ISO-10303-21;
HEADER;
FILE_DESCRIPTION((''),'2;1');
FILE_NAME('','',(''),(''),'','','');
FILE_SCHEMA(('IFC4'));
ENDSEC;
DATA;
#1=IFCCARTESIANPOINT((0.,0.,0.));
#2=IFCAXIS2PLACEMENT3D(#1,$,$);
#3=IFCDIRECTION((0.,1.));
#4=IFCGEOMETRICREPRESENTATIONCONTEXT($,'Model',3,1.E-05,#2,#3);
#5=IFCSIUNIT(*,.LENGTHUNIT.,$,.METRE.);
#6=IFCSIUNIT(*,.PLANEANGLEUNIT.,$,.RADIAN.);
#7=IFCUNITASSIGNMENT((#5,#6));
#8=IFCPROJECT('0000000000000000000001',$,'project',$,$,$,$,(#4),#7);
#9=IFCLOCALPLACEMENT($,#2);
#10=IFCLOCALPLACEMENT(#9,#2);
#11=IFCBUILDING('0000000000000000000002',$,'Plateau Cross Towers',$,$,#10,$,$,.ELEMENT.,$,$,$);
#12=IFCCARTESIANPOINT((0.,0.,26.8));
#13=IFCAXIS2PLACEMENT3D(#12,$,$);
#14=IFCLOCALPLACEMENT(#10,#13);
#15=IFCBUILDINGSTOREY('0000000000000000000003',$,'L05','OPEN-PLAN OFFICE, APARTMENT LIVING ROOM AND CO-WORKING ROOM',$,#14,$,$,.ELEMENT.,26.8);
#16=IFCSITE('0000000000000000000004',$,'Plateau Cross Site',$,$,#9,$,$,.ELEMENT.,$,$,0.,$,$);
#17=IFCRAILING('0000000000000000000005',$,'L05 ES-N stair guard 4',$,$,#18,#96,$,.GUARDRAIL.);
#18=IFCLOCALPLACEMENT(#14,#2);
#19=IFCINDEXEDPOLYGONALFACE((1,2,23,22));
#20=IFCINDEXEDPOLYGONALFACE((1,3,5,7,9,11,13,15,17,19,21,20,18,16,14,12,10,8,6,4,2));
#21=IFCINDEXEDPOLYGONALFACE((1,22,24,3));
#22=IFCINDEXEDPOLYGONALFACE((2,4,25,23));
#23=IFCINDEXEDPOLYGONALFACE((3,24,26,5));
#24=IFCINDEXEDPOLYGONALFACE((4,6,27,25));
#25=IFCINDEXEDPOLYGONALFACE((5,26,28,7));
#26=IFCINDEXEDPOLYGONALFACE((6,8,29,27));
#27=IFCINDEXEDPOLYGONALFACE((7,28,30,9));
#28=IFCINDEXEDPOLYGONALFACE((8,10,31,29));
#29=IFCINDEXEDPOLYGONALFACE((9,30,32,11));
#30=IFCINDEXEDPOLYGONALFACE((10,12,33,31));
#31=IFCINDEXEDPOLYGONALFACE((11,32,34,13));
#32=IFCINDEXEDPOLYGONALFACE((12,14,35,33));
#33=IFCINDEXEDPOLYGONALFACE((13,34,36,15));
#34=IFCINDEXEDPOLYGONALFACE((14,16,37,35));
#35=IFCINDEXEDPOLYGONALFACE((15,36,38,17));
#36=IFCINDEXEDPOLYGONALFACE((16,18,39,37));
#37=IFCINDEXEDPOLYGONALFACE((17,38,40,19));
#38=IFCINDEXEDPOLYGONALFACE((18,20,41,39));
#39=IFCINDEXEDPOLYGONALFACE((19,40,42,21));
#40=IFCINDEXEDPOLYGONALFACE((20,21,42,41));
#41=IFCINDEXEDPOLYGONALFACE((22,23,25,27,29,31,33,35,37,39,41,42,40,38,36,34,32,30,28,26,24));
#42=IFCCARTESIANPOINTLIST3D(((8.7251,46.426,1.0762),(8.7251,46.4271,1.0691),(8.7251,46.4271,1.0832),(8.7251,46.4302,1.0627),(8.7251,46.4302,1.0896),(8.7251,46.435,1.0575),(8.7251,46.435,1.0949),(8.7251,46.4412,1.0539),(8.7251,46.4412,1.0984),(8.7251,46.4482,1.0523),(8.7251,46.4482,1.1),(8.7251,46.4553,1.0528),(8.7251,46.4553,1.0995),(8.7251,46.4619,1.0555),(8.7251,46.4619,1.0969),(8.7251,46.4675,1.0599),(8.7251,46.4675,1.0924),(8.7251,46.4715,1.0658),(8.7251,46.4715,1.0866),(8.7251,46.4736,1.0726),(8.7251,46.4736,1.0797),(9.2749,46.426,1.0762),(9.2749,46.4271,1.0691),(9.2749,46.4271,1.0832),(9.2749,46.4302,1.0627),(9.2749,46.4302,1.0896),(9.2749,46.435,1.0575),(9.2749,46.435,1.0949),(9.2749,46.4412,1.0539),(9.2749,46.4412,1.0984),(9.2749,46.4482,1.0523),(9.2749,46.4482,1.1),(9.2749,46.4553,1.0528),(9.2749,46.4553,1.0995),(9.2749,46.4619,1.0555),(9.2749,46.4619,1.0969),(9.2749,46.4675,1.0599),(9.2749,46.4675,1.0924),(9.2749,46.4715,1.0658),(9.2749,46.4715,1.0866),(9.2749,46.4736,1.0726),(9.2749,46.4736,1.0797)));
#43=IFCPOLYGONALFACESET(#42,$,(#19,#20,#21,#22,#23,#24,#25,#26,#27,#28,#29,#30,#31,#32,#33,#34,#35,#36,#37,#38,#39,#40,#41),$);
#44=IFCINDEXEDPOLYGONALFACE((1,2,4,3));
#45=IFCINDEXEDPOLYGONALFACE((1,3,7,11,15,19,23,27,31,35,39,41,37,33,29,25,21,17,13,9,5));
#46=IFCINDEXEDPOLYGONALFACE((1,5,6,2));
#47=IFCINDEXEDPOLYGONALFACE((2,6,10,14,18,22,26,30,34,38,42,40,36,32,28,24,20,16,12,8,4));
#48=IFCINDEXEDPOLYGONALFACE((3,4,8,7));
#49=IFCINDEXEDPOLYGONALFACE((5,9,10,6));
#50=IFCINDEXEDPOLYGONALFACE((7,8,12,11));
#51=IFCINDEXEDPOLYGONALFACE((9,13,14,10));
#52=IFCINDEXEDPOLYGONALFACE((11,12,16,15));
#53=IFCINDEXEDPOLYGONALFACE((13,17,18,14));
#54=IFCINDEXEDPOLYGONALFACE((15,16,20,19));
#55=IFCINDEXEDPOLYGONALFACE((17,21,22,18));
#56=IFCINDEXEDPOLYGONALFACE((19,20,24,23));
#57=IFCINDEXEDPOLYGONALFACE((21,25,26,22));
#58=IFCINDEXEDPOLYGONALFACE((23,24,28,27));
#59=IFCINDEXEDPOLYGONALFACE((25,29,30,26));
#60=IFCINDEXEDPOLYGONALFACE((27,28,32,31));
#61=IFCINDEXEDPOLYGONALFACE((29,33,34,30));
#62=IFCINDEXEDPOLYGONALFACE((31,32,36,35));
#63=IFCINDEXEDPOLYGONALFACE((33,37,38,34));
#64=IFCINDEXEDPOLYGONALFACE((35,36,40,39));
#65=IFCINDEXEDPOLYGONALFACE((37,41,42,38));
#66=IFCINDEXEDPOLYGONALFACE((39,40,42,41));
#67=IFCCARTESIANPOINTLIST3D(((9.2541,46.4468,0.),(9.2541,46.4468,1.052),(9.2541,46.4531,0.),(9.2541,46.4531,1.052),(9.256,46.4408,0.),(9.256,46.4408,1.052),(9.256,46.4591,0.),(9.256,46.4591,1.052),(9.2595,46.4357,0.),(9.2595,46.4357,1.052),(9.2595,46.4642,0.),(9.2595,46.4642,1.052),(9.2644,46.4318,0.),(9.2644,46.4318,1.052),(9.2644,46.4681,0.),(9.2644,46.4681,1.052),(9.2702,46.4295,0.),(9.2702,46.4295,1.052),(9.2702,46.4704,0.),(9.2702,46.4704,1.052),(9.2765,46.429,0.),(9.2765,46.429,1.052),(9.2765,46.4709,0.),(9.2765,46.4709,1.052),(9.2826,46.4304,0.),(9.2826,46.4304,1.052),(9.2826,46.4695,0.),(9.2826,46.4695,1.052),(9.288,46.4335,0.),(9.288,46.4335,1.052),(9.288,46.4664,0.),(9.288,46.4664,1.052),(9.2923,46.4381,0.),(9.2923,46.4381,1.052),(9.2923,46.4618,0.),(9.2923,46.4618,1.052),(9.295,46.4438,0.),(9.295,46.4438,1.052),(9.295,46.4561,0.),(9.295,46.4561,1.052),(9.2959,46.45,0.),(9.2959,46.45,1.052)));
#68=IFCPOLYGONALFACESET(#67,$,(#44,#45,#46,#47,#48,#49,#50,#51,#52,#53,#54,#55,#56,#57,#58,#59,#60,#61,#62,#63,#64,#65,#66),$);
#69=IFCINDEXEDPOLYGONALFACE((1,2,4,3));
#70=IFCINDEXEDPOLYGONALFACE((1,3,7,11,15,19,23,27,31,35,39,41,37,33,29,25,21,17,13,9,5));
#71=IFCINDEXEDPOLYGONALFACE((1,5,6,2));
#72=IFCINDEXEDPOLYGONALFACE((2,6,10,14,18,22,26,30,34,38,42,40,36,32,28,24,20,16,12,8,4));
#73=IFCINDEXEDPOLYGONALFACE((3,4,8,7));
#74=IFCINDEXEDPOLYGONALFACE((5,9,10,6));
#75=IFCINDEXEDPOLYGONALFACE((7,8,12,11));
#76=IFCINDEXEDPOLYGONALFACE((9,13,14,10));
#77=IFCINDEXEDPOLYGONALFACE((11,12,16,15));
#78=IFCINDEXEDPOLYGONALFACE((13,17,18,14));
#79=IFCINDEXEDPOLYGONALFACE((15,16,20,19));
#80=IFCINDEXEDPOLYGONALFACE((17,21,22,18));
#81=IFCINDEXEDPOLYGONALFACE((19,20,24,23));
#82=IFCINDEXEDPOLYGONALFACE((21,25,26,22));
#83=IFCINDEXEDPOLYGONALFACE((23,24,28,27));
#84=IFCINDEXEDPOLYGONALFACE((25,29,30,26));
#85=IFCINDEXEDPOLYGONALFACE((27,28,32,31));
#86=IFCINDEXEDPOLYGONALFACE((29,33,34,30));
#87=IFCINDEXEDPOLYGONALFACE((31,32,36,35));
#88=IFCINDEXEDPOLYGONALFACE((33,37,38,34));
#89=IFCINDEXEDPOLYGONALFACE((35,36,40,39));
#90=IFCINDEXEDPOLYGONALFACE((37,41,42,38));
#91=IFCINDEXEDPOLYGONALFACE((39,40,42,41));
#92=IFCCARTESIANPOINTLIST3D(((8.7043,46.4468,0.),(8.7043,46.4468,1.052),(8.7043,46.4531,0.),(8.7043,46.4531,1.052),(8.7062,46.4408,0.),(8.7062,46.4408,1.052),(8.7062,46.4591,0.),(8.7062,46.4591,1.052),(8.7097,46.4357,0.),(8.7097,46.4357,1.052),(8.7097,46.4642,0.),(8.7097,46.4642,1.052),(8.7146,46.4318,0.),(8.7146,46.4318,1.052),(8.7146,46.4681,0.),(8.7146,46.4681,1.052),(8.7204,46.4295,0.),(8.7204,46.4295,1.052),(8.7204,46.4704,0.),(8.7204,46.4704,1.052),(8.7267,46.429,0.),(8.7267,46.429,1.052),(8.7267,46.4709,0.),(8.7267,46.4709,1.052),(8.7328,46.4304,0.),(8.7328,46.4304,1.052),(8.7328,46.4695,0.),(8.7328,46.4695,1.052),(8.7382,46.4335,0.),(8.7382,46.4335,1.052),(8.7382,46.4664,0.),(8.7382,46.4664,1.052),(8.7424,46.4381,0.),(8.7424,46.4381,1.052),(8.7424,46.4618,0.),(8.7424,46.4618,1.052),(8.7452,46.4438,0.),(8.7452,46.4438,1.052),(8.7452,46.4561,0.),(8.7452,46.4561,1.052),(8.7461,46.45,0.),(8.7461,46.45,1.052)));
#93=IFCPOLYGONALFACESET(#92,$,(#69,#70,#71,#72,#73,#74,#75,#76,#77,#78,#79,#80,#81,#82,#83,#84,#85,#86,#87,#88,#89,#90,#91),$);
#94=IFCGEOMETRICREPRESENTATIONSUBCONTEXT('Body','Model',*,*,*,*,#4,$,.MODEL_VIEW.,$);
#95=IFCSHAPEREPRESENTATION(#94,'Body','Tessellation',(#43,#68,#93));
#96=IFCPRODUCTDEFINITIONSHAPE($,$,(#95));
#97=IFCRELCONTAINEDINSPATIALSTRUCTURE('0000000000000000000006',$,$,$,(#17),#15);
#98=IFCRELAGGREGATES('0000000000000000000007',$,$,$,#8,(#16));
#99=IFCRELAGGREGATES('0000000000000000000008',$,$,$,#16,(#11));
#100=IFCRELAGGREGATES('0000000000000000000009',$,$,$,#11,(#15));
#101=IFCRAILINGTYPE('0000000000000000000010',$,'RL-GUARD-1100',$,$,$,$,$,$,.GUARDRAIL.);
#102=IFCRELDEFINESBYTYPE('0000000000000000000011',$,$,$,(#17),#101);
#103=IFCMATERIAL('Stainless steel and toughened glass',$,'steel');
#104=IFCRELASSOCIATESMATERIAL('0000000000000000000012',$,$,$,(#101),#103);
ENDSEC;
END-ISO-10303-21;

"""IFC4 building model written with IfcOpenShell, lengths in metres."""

from ifc_helpers import new_model, si_unit, direction, frame, origin, origin_2d, place, context, subcontext, project, spatial, circle, extrude, material, type_object, element, save


model = new_model("IFC4")

# Units and contexts
model_context = context("Model", 3, precision=1e-05, world=origin(), true_north=direction((0.0, 1.0)))
body_context = subcontext(model_context, "Body", "Model", "MODEL_VIEW")
ifc_project = project(units=[si_unit("LENGTHUNIT", "METRE"), si_unit("PLANEANGLEUNIT", "RADIAN")], contexts=[model_context])

# Site, building, storey
site_placement = place(None, origin())
site = spatial("IfcSite", under=ifc_project, at=site_placement, Name="Plateau Cross Site", CompositionType="ELEMENT", RefElevation=0.0)
building_placement = place(site_placement, origin())
building = spatial("IfcBuilding", under=site, at=building_placement, Name="Plateau Cross Towers", CompositionType="ELEMENT")
storey_placement = place(building_placement, frame((0.0, 0.0, 26.8)))
storey = spatial("IfcBuildingStorey", under=building, at=storey_placement, Name="L05", Description="OPEN-PLAN OFFICE, APARTMENT LIVING ROOM AND CO-WORKING ROOM", CompositionType="ELEMENT", Elevation=26.8)

# Railing
ifc_material_1 = material(Name="Stainless steel and toughened glass", Category="steel")
railing_type_1 = type_object("IfcRailingType", Name="RL-GUARD-1100", PredefinedType="GUARDRAIL", material=ifc_material_1)
railing_1_placement = place(storey_placement, frame((9.2749, 46.45, 0.0)))
element("IfcRailing", 1, at=railing_1_placement, inside=storey, type_object=railing_type_1, Name="L05 ES-N stair guard 4", PredefinedType="GUARDRAIL", context=body_context, shape_type="SweptSolid", body=[
    extrude(circle(Radius=0.0239, at=origin_2d()), frame((0.0, 0.0, 1.0762), z_axis=(-1.0, 0.0, 0.0), x_axis=(0.0, -1.0, 0.0)), (0.0, 0.0, 1.0), 0.5498),
    extrude(circle(Radius=0.021, at=origin_2d()), origin(), (0.0, 0.0, 1.0), 1.052),
    extrude(circle(Radius=0.021, at=origin_2d()), frame((-0.5498, 0.0, 0.0)), (0.0, 0.0, 1.0), 1.052),
])

save(model, "model.ifc")
